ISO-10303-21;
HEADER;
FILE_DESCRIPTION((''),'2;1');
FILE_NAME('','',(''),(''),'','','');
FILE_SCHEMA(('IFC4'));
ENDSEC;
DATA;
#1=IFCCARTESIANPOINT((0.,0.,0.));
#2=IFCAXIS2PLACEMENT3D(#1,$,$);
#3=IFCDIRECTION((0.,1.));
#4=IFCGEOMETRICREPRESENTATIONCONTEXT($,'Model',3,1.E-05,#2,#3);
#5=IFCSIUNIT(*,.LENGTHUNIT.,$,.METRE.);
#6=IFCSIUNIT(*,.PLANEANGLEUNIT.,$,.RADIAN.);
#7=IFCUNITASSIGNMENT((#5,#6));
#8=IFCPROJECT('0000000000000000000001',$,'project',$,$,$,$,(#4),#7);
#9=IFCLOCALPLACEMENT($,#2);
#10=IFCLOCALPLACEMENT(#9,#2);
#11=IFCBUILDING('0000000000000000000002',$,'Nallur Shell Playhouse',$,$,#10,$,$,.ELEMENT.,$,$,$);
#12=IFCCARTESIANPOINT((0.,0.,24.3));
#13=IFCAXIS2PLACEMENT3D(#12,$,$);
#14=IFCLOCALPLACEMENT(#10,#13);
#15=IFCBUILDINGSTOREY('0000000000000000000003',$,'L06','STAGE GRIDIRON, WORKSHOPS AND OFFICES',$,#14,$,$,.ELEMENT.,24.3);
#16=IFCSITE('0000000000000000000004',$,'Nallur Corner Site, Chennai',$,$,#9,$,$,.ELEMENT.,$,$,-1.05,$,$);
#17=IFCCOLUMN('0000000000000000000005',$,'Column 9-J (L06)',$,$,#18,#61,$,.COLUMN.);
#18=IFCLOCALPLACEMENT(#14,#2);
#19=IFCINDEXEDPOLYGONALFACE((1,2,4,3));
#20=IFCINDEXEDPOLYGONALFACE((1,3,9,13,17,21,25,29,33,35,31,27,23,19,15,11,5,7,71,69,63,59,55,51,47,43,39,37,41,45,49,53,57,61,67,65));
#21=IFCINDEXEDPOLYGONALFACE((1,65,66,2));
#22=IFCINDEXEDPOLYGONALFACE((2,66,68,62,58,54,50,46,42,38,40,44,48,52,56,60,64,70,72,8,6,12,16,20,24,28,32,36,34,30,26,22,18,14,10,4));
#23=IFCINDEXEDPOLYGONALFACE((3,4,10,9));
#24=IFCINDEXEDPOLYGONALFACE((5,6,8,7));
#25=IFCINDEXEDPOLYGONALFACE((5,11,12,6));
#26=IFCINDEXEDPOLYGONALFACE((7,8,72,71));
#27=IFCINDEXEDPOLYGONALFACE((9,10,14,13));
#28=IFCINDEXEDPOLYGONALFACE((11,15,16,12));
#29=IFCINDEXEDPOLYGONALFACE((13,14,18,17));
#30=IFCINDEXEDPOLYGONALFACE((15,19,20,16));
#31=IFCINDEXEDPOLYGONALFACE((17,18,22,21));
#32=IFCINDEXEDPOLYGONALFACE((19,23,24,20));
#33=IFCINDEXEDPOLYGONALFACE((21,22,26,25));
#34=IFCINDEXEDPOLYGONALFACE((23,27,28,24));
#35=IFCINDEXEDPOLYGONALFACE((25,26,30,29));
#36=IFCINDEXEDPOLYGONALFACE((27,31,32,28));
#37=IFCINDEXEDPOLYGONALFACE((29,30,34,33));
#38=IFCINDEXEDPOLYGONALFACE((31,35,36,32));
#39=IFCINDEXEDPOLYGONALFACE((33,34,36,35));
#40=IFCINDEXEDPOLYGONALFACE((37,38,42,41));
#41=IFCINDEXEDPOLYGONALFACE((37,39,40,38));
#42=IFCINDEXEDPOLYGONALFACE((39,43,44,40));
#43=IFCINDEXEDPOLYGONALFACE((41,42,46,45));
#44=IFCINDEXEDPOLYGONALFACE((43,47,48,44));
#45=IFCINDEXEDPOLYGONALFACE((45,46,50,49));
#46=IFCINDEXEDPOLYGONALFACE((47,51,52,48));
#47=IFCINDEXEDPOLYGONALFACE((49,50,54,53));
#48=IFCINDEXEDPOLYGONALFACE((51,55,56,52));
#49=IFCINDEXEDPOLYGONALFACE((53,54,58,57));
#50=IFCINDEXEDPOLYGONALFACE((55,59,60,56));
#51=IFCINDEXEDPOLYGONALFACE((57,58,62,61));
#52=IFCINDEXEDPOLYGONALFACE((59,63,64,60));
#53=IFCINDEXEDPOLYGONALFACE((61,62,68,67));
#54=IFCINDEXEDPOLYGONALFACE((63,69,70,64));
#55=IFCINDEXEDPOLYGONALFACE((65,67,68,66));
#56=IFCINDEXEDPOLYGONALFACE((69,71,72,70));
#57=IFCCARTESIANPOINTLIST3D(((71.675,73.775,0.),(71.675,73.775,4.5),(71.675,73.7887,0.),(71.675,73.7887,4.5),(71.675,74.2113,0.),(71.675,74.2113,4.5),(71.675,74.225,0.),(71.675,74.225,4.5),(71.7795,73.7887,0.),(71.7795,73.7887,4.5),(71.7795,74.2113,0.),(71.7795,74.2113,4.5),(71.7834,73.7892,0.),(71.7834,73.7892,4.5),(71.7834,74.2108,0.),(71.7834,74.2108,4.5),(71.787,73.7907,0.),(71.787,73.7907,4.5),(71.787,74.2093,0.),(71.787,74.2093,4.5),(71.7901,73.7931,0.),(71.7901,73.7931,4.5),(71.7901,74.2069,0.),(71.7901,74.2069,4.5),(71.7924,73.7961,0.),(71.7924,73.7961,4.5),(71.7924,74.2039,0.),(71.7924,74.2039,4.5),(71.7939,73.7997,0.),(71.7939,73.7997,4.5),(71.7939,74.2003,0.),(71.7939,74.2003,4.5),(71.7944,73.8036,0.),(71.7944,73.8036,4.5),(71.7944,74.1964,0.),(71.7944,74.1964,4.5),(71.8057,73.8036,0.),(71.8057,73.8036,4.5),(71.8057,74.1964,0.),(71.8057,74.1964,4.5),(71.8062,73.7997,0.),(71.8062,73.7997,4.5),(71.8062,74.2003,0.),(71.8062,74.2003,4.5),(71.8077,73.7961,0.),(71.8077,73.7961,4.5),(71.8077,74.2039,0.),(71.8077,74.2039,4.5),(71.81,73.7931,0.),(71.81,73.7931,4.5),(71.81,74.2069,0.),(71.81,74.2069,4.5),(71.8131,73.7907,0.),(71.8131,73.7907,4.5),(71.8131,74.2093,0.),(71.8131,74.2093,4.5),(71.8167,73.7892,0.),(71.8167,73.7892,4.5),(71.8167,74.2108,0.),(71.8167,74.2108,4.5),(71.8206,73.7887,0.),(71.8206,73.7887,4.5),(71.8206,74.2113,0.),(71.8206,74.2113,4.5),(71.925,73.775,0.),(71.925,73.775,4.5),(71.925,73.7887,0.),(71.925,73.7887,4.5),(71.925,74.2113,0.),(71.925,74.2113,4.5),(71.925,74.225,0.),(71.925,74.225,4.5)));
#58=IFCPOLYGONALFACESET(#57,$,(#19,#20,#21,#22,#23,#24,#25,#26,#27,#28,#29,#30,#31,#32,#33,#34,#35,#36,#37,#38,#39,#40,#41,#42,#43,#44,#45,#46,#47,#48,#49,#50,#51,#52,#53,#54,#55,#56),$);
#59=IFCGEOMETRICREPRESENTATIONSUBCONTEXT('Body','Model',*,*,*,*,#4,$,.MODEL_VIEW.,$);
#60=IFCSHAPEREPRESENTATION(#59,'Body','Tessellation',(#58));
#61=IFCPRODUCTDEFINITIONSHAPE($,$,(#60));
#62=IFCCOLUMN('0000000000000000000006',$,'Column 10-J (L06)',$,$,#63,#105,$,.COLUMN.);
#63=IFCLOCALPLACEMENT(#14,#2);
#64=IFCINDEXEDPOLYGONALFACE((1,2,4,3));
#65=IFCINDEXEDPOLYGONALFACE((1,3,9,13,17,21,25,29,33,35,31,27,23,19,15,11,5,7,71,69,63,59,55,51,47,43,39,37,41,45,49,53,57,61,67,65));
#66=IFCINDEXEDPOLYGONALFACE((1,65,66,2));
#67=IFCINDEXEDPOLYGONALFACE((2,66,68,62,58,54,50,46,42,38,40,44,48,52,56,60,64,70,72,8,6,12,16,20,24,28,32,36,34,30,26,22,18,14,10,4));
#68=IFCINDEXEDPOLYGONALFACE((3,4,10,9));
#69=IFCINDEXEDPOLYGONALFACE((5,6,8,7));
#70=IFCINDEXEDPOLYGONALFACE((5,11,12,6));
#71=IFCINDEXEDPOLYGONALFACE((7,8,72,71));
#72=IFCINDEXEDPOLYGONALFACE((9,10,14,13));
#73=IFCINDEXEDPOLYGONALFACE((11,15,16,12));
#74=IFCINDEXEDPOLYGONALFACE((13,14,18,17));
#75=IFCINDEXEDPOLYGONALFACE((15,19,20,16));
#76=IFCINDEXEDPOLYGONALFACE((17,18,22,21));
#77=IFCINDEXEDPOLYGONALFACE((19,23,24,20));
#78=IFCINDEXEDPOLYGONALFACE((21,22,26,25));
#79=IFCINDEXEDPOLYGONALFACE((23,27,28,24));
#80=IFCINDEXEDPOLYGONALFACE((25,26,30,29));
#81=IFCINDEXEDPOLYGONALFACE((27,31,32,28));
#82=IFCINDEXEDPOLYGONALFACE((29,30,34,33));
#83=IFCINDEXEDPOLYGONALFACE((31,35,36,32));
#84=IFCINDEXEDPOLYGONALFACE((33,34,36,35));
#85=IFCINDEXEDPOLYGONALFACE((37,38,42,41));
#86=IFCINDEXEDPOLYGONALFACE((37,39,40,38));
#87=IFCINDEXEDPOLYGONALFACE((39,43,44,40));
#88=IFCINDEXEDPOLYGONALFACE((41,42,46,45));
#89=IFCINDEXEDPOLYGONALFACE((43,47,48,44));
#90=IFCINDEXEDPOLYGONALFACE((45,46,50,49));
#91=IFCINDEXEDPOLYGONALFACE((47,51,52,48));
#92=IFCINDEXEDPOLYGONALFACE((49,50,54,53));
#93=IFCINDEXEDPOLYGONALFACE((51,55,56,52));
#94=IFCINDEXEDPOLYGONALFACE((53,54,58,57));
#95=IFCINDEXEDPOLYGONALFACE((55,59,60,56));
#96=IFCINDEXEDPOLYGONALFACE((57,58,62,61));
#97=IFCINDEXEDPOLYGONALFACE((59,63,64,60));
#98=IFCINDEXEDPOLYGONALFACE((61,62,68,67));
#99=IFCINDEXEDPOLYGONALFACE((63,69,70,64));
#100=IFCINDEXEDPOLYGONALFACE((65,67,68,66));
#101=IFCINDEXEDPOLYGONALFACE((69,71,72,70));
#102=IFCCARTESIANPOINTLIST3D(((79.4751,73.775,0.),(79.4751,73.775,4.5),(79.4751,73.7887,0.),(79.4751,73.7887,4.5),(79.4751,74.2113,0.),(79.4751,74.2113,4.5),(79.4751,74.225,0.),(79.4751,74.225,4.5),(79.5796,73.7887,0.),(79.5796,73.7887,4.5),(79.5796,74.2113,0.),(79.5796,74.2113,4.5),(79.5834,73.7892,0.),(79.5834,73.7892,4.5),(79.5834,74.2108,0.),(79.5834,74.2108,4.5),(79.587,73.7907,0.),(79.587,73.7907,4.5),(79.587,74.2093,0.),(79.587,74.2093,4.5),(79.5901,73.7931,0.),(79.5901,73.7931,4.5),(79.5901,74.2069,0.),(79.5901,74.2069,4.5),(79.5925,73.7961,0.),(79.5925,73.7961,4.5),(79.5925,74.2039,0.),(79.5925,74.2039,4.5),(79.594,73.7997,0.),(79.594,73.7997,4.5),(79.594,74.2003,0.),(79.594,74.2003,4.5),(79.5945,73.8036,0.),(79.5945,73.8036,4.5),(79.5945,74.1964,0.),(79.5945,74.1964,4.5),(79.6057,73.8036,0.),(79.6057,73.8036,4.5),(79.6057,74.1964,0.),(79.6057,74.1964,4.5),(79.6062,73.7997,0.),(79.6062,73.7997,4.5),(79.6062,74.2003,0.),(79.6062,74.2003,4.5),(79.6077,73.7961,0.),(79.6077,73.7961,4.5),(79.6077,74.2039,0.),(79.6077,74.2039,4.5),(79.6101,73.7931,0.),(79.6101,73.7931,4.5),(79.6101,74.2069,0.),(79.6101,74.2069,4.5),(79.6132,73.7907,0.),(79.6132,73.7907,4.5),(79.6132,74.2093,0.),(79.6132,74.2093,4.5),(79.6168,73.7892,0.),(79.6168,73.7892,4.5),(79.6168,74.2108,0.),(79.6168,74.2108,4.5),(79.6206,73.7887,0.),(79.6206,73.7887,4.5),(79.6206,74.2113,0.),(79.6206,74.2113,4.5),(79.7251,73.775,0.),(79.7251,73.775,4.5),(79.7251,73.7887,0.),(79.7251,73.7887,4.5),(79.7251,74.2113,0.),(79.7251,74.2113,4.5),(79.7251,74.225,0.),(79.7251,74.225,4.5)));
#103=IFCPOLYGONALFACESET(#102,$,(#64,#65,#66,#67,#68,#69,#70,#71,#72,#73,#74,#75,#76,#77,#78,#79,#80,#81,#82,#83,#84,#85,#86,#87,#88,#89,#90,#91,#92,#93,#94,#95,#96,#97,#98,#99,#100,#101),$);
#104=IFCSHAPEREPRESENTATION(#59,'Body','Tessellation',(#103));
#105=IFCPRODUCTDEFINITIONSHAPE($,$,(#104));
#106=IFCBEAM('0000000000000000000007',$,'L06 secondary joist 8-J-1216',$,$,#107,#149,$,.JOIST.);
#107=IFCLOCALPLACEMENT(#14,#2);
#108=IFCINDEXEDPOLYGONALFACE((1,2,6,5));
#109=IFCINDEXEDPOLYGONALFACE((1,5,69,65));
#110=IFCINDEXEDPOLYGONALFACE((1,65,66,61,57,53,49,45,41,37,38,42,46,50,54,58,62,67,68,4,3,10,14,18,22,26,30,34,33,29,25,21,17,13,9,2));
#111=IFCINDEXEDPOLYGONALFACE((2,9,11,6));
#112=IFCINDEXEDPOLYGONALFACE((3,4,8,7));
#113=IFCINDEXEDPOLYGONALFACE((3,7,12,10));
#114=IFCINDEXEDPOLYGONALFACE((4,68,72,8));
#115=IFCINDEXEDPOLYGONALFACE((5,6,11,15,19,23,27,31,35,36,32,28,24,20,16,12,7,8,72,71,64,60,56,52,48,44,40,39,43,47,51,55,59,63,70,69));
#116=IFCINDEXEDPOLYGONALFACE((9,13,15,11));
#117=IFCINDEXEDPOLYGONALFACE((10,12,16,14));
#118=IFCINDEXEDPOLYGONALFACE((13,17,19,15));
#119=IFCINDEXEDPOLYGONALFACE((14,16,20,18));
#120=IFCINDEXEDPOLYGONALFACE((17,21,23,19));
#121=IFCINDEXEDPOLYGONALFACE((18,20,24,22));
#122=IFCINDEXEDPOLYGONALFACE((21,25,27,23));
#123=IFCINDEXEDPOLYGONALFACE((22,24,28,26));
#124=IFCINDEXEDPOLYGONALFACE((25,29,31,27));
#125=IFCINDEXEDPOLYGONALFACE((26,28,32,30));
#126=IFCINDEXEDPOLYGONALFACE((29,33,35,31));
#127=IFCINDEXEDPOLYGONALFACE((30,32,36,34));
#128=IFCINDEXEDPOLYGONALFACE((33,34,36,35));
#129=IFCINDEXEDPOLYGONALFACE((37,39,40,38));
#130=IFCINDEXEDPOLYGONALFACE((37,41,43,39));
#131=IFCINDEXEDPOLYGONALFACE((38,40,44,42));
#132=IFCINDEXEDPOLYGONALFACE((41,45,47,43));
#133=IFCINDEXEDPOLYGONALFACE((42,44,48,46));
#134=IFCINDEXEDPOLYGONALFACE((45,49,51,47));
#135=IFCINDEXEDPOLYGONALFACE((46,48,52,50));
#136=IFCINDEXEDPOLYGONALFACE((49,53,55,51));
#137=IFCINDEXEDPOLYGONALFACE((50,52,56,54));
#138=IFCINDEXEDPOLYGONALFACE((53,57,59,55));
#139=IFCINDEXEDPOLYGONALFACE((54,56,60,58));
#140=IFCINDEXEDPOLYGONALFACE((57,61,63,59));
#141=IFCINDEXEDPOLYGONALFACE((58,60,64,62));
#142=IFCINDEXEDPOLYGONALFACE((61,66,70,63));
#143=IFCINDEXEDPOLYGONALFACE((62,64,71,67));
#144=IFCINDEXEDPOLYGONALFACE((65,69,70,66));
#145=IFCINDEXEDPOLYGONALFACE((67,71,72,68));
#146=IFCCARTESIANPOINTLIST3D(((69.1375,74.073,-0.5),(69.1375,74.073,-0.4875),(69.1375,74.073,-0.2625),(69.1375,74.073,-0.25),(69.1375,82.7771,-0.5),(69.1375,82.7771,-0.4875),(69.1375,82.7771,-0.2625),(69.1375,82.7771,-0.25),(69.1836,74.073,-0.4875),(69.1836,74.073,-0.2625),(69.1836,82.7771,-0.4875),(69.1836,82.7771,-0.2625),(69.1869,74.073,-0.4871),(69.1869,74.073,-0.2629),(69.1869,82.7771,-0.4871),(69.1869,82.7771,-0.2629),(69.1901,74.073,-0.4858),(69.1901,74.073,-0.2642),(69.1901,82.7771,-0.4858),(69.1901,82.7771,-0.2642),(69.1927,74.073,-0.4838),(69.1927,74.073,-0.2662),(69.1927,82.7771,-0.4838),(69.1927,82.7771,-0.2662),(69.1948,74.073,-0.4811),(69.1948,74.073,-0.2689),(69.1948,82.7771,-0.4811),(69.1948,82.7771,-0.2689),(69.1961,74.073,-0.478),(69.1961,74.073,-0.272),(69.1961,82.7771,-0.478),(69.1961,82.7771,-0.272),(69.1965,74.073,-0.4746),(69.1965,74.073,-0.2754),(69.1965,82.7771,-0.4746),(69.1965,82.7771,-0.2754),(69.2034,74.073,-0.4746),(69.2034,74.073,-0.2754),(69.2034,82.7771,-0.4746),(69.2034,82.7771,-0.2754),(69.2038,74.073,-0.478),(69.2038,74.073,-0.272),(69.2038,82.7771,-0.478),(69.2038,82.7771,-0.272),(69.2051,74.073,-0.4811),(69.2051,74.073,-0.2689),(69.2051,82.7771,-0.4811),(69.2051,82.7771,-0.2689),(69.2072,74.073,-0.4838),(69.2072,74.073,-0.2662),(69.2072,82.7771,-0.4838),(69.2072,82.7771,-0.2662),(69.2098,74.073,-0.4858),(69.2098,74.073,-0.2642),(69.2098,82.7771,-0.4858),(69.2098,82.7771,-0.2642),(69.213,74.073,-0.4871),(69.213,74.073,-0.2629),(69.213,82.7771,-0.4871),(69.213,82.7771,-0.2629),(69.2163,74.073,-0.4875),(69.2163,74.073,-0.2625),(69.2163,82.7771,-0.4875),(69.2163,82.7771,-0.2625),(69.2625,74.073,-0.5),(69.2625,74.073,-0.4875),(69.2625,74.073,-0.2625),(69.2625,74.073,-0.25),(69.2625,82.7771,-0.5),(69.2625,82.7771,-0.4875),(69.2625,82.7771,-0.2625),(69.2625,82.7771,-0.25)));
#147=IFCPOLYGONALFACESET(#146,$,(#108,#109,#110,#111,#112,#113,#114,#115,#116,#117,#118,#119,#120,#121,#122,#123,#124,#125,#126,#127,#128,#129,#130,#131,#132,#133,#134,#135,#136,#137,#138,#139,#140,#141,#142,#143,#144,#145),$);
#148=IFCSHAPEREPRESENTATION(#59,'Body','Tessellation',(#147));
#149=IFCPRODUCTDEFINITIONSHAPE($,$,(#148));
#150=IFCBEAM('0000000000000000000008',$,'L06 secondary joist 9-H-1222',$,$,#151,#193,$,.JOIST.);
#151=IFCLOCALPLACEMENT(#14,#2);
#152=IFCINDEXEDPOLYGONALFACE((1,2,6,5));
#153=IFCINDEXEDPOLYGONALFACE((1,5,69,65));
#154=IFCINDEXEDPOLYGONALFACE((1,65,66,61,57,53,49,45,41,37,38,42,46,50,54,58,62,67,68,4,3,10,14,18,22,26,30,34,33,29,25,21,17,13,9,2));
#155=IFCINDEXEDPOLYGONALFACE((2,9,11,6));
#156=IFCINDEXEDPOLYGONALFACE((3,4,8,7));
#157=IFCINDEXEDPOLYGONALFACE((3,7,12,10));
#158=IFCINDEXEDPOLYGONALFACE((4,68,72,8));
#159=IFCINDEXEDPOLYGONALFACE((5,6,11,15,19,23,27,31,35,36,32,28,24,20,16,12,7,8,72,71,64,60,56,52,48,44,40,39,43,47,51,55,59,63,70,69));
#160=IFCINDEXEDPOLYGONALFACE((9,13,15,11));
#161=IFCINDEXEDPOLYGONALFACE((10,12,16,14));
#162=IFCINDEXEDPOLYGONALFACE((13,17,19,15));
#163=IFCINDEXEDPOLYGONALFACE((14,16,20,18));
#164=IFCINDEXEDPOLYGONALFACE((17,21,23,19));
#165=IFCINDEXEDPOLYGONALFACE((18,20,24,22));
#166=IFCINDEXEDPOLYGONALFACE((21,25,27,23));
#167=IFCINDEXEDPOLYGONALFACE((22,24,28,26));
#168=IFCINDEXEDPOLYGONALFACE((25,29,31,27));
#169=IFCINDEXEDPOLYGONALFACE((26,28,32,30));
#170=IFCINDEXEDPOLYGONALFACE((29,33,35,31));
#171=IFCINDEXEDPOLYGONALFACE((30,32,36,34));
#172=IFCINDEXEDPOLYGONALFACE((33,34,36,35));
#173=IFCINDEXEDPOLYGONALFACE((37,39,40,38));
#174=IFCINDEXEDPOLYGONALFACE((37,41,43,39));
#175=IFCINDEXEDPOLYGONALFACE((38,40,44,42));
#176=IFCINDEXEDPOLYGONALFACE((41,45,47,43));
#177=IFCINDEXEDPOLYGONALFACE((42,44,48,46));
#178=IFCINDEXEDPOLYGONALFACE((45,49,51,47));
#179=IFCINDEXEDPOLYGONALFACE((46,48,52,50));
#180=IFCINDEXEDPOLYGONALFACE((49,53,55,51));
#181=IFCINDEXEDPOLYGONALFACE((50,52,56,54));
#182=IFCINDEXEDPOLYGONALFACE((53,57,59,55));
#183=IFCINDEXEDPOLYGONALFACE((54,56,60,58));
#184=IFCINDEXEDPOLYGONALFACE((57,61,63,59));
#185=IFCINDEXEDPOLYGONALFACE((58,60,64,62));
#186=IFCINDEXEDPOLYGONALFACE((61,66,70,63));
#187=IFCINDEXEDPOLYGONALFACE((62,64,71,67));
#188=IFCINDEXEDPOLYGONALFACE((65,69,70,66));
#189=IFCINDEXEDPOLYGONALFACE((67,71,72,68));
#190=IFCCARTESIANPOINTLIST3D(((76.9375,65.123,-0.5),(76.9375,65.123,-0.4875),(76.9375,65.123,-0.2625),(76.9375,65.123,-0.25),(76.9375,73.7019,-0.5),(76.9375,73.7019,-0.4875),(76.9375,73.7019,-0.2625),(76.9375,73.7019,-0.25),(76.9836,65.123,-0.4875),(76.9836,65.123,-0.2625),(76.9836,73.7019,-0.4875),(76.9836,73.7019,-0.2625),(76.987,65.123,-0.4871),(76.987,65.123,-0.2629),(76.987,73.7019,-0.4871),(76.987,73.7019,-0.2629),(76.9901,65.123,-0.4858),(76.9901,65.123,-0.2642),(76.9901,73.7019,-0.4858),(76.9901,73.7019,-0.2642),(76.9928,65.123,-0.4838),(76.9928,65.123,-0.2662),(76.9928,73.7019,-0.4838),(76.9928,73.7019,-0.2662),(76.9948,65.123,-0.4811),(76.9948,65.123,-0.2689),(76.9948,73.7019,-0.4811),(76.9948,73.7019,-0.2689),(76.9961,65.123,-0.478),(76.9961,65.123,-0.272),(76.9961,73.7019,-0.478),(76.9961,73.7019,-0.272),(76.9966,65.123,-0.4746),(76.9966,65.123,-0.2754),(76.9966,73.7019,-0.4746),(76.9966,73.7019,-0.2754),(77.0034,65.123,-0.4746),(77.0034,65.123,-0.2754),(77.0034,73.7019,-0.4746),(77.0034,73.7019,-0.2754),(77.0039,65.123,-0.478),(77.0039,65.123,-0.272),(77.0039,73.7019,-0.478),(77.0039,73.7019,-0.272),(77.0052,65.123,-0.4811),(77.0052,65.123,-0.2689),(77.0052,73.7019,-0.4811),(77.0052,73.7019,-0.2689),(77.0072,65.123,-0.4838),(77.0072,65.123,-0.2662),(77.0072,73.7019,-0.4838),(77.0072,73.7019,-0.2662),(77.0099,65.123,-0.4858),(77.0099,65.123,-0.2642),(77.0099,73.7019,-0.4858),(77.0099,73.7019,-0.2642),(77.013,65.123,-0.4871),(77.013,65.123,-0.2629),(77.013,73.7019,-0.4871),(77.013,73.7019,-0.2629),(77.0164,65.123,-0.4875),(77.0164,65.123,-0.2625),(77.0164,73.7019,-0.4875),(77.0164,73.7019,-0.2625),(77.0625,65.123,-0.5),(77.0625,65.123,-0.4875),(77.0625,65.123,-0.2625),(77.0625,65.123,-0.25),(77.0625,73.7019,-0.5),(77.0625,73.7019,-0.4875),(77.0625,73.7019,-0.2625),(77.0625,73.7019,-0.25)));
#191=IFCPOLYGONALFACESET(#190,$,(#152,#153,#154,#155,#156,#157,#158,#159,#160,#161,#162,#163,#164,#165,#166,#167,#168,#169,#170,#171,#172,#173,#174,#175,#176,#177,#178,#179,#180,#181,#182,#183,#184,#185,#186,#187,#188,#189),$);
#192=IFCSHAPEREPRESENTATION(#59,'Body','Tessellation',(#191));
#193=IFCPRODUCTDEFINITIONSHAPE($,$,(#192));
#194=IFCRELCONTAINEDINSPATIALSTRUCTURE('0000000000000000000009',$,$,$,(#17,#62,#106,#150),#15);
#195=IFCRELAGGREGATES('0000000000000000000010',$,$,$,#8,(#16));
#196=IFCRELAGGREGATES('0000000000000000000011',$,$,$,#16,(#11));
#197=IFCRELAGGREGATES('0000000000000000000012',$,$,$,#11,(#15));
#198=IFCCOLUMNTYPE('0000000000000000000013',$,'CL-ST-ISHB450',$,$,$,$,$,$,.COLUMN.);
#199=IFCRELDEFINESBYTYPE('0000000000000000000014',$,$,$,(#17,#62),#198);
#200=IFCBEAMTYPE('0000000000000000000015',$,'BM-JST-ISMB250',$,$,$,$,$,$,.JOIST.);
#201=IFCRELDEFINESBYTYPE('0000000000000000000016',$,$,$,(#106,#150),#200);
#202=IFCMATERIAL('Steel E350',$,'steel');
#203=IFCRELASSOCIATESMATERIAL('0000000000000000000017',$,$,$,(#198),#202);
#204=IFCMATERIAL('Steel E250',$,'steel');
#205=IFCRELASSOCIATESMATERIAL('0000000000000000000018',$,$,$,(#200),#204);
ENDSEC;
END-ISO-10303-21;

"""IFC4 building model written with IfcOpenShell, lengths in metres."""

from ifc_helpers import new_model, si_unit, direction, frame, origin, origin_2d, place, context, subcontext, project, spatial, i_section, extrude, material, material_profile, profile_set, type_object, element, save


model = new_model("IFC4")

# Units and contexts
model_context = context("Model", 3, precision=1e-05, world=origin(), true_north=direction((0.0, 1.0)))
body_context = subcontext(model_context, "Body", "Model", "MODEL_VIEW")
ifc_project = project(units=[si_unit("LENGTHUNIT", "METRE"), si_unit("PLANEANGLEUNIT", "RADIAN")], contexts=[model_context])

# Site, building, storey
site_placement = place(None, origin())
site = spatial("IfcSite", under=ifc_project, at=site_placement, Name="Nallur Corner Site, Chennai", CompositionType="ELEMENT", RefElevation=-1.05)
building_placement = place(site_placement, origin())
building = spatial("IfcBuilding", under=site, at=building_placement, Name="Nallur Shell Playhouse", CompositionType="ELEMENT")
storey_placement = place(building_placement, frame((0.0, 0.0, 24.3)))
storey = spatial("IfcBuildingStorey", under=building, at=storey_placement, Name="L06", Description="STAGE GRIDIRON, WORKSHOPS AND OFFICES", CompositionType="ELEMENT", Elevation=24.3)

# Columns
ifc_material_1 = material(Name="Steel E350", Category="steel")
ifc_material_profile_1 = material_profile(ifc_material_1, i_section(OverallWidth=0.25, OverallDepth=0.45, WebThickness=0.0112, FlangeThickness=0.0137, FilletRadius=0.0149, at=origin_2d()), Name="ISHB 450")
ifc_profile_set_1 = profile_set([ifc_material_profile_1], Name="Steel E350")
column_type = type_object("IfcColumnType", Name="CL-ST-ISHB450", PredefinedType="COLUMN", material=ifc_profile_set_1)
for number, where, z_axis, x_axis, name in (
    (1, (71.8, 74.0, 0.0), (0.0, 0.0, 1.0), (1.0, 0.0, 0.0), "Column 9-J (L06)"),
    (2, (79.6001, 74.0, 0.0), (0.0, 0.0, 1.0), (1.0, 0.0, 0.0), "Column 10-J (L06)"),
):
    element("IfcColumn", number, at=place(storey_placement, frame(where, z_axis=z_axis, x_axis=x_axis)), inside=storey, type_object=column_type, Name=name, PredefinedType="COLUMN", context=body_context, shape_type="SweptSolid", body=[
        extrude(i_section(OverallWidth=0.25, OverallDepth=0.45, WebThickness=0.0112, FlangeThickness=0.0137, FilletRadius=0.0149, at=origin_2d()), origin(), (0.0, 0.0, 1.0), 4.5),
    ])

# Beams
ifc_material_2 = material(Name="Steel E250", Category="steel")
ifc_material_profile_2 = material_profile(ifc_material_2, i_section(OverallWidth=0.125, OverallDepth=0.25, WebThickness=0.0068, FlangeThickness=0.0125, FilletRadius=0.0129, at=origin_2d()), Name="ISMB 250")
ifc_profile_set_2 = profile_set([ifc_material_profile_2], Name="Steel E250")
beam_type_1 = type_object("IfcBeamType", Name="BM-JST-ISMB250", PredefinedType="JOIST", material=ifc_profile_set_2)
beam_1_placement = place(storey_placement, frame((69.2, 74.073, -0.375), z_axis=(0.0, 1.0, 0.0), x_axis=(-1.0, 0.0, 0.0)))
element("IfcBeam", 3, at=beam_1_placement, inside=storey, type_object=beam_type_1, Name="L06 secondary joist 8-J-1216", PredefinedType="JOIST", context=body_context, shape_type="SweptSolid", body=[
    extrude(i_section(OverallWidth=0.125, OverallDepth=0.25, WebThickness=0.0068, FlangeThickness=0.0125, FilletRadius=0.0129, at=origin_2d()), origin(), (0.0, 0.0, 1.0), 8.7041),
])
beam_2_placement = place(storey_placement, frame((77.0, 65.123, -0.375), z_axis=(0.0, 1.0, 0.0), x_axis=(-1.0, 0.0, 0.0)))
element("IfcBeam", 4, at=beam_2_placement, inside=storey, type_object=beam_type_1, Name="L06 secondary joist 9-H-1222", PredefinedType="JOIST", context=body_context, shape_type="SweptSolid", body=[
    extrude(i_section(OverallWidth=0.125, OverallDepth=0.25, WebThickness=0.0068, FlangeThickness=0.0125, FilletRadius=0.0129, at=origin_2d()), origin(), (0.0, 0.0, 1.0), 8.5789),
])

save(model, "model.ifc")
